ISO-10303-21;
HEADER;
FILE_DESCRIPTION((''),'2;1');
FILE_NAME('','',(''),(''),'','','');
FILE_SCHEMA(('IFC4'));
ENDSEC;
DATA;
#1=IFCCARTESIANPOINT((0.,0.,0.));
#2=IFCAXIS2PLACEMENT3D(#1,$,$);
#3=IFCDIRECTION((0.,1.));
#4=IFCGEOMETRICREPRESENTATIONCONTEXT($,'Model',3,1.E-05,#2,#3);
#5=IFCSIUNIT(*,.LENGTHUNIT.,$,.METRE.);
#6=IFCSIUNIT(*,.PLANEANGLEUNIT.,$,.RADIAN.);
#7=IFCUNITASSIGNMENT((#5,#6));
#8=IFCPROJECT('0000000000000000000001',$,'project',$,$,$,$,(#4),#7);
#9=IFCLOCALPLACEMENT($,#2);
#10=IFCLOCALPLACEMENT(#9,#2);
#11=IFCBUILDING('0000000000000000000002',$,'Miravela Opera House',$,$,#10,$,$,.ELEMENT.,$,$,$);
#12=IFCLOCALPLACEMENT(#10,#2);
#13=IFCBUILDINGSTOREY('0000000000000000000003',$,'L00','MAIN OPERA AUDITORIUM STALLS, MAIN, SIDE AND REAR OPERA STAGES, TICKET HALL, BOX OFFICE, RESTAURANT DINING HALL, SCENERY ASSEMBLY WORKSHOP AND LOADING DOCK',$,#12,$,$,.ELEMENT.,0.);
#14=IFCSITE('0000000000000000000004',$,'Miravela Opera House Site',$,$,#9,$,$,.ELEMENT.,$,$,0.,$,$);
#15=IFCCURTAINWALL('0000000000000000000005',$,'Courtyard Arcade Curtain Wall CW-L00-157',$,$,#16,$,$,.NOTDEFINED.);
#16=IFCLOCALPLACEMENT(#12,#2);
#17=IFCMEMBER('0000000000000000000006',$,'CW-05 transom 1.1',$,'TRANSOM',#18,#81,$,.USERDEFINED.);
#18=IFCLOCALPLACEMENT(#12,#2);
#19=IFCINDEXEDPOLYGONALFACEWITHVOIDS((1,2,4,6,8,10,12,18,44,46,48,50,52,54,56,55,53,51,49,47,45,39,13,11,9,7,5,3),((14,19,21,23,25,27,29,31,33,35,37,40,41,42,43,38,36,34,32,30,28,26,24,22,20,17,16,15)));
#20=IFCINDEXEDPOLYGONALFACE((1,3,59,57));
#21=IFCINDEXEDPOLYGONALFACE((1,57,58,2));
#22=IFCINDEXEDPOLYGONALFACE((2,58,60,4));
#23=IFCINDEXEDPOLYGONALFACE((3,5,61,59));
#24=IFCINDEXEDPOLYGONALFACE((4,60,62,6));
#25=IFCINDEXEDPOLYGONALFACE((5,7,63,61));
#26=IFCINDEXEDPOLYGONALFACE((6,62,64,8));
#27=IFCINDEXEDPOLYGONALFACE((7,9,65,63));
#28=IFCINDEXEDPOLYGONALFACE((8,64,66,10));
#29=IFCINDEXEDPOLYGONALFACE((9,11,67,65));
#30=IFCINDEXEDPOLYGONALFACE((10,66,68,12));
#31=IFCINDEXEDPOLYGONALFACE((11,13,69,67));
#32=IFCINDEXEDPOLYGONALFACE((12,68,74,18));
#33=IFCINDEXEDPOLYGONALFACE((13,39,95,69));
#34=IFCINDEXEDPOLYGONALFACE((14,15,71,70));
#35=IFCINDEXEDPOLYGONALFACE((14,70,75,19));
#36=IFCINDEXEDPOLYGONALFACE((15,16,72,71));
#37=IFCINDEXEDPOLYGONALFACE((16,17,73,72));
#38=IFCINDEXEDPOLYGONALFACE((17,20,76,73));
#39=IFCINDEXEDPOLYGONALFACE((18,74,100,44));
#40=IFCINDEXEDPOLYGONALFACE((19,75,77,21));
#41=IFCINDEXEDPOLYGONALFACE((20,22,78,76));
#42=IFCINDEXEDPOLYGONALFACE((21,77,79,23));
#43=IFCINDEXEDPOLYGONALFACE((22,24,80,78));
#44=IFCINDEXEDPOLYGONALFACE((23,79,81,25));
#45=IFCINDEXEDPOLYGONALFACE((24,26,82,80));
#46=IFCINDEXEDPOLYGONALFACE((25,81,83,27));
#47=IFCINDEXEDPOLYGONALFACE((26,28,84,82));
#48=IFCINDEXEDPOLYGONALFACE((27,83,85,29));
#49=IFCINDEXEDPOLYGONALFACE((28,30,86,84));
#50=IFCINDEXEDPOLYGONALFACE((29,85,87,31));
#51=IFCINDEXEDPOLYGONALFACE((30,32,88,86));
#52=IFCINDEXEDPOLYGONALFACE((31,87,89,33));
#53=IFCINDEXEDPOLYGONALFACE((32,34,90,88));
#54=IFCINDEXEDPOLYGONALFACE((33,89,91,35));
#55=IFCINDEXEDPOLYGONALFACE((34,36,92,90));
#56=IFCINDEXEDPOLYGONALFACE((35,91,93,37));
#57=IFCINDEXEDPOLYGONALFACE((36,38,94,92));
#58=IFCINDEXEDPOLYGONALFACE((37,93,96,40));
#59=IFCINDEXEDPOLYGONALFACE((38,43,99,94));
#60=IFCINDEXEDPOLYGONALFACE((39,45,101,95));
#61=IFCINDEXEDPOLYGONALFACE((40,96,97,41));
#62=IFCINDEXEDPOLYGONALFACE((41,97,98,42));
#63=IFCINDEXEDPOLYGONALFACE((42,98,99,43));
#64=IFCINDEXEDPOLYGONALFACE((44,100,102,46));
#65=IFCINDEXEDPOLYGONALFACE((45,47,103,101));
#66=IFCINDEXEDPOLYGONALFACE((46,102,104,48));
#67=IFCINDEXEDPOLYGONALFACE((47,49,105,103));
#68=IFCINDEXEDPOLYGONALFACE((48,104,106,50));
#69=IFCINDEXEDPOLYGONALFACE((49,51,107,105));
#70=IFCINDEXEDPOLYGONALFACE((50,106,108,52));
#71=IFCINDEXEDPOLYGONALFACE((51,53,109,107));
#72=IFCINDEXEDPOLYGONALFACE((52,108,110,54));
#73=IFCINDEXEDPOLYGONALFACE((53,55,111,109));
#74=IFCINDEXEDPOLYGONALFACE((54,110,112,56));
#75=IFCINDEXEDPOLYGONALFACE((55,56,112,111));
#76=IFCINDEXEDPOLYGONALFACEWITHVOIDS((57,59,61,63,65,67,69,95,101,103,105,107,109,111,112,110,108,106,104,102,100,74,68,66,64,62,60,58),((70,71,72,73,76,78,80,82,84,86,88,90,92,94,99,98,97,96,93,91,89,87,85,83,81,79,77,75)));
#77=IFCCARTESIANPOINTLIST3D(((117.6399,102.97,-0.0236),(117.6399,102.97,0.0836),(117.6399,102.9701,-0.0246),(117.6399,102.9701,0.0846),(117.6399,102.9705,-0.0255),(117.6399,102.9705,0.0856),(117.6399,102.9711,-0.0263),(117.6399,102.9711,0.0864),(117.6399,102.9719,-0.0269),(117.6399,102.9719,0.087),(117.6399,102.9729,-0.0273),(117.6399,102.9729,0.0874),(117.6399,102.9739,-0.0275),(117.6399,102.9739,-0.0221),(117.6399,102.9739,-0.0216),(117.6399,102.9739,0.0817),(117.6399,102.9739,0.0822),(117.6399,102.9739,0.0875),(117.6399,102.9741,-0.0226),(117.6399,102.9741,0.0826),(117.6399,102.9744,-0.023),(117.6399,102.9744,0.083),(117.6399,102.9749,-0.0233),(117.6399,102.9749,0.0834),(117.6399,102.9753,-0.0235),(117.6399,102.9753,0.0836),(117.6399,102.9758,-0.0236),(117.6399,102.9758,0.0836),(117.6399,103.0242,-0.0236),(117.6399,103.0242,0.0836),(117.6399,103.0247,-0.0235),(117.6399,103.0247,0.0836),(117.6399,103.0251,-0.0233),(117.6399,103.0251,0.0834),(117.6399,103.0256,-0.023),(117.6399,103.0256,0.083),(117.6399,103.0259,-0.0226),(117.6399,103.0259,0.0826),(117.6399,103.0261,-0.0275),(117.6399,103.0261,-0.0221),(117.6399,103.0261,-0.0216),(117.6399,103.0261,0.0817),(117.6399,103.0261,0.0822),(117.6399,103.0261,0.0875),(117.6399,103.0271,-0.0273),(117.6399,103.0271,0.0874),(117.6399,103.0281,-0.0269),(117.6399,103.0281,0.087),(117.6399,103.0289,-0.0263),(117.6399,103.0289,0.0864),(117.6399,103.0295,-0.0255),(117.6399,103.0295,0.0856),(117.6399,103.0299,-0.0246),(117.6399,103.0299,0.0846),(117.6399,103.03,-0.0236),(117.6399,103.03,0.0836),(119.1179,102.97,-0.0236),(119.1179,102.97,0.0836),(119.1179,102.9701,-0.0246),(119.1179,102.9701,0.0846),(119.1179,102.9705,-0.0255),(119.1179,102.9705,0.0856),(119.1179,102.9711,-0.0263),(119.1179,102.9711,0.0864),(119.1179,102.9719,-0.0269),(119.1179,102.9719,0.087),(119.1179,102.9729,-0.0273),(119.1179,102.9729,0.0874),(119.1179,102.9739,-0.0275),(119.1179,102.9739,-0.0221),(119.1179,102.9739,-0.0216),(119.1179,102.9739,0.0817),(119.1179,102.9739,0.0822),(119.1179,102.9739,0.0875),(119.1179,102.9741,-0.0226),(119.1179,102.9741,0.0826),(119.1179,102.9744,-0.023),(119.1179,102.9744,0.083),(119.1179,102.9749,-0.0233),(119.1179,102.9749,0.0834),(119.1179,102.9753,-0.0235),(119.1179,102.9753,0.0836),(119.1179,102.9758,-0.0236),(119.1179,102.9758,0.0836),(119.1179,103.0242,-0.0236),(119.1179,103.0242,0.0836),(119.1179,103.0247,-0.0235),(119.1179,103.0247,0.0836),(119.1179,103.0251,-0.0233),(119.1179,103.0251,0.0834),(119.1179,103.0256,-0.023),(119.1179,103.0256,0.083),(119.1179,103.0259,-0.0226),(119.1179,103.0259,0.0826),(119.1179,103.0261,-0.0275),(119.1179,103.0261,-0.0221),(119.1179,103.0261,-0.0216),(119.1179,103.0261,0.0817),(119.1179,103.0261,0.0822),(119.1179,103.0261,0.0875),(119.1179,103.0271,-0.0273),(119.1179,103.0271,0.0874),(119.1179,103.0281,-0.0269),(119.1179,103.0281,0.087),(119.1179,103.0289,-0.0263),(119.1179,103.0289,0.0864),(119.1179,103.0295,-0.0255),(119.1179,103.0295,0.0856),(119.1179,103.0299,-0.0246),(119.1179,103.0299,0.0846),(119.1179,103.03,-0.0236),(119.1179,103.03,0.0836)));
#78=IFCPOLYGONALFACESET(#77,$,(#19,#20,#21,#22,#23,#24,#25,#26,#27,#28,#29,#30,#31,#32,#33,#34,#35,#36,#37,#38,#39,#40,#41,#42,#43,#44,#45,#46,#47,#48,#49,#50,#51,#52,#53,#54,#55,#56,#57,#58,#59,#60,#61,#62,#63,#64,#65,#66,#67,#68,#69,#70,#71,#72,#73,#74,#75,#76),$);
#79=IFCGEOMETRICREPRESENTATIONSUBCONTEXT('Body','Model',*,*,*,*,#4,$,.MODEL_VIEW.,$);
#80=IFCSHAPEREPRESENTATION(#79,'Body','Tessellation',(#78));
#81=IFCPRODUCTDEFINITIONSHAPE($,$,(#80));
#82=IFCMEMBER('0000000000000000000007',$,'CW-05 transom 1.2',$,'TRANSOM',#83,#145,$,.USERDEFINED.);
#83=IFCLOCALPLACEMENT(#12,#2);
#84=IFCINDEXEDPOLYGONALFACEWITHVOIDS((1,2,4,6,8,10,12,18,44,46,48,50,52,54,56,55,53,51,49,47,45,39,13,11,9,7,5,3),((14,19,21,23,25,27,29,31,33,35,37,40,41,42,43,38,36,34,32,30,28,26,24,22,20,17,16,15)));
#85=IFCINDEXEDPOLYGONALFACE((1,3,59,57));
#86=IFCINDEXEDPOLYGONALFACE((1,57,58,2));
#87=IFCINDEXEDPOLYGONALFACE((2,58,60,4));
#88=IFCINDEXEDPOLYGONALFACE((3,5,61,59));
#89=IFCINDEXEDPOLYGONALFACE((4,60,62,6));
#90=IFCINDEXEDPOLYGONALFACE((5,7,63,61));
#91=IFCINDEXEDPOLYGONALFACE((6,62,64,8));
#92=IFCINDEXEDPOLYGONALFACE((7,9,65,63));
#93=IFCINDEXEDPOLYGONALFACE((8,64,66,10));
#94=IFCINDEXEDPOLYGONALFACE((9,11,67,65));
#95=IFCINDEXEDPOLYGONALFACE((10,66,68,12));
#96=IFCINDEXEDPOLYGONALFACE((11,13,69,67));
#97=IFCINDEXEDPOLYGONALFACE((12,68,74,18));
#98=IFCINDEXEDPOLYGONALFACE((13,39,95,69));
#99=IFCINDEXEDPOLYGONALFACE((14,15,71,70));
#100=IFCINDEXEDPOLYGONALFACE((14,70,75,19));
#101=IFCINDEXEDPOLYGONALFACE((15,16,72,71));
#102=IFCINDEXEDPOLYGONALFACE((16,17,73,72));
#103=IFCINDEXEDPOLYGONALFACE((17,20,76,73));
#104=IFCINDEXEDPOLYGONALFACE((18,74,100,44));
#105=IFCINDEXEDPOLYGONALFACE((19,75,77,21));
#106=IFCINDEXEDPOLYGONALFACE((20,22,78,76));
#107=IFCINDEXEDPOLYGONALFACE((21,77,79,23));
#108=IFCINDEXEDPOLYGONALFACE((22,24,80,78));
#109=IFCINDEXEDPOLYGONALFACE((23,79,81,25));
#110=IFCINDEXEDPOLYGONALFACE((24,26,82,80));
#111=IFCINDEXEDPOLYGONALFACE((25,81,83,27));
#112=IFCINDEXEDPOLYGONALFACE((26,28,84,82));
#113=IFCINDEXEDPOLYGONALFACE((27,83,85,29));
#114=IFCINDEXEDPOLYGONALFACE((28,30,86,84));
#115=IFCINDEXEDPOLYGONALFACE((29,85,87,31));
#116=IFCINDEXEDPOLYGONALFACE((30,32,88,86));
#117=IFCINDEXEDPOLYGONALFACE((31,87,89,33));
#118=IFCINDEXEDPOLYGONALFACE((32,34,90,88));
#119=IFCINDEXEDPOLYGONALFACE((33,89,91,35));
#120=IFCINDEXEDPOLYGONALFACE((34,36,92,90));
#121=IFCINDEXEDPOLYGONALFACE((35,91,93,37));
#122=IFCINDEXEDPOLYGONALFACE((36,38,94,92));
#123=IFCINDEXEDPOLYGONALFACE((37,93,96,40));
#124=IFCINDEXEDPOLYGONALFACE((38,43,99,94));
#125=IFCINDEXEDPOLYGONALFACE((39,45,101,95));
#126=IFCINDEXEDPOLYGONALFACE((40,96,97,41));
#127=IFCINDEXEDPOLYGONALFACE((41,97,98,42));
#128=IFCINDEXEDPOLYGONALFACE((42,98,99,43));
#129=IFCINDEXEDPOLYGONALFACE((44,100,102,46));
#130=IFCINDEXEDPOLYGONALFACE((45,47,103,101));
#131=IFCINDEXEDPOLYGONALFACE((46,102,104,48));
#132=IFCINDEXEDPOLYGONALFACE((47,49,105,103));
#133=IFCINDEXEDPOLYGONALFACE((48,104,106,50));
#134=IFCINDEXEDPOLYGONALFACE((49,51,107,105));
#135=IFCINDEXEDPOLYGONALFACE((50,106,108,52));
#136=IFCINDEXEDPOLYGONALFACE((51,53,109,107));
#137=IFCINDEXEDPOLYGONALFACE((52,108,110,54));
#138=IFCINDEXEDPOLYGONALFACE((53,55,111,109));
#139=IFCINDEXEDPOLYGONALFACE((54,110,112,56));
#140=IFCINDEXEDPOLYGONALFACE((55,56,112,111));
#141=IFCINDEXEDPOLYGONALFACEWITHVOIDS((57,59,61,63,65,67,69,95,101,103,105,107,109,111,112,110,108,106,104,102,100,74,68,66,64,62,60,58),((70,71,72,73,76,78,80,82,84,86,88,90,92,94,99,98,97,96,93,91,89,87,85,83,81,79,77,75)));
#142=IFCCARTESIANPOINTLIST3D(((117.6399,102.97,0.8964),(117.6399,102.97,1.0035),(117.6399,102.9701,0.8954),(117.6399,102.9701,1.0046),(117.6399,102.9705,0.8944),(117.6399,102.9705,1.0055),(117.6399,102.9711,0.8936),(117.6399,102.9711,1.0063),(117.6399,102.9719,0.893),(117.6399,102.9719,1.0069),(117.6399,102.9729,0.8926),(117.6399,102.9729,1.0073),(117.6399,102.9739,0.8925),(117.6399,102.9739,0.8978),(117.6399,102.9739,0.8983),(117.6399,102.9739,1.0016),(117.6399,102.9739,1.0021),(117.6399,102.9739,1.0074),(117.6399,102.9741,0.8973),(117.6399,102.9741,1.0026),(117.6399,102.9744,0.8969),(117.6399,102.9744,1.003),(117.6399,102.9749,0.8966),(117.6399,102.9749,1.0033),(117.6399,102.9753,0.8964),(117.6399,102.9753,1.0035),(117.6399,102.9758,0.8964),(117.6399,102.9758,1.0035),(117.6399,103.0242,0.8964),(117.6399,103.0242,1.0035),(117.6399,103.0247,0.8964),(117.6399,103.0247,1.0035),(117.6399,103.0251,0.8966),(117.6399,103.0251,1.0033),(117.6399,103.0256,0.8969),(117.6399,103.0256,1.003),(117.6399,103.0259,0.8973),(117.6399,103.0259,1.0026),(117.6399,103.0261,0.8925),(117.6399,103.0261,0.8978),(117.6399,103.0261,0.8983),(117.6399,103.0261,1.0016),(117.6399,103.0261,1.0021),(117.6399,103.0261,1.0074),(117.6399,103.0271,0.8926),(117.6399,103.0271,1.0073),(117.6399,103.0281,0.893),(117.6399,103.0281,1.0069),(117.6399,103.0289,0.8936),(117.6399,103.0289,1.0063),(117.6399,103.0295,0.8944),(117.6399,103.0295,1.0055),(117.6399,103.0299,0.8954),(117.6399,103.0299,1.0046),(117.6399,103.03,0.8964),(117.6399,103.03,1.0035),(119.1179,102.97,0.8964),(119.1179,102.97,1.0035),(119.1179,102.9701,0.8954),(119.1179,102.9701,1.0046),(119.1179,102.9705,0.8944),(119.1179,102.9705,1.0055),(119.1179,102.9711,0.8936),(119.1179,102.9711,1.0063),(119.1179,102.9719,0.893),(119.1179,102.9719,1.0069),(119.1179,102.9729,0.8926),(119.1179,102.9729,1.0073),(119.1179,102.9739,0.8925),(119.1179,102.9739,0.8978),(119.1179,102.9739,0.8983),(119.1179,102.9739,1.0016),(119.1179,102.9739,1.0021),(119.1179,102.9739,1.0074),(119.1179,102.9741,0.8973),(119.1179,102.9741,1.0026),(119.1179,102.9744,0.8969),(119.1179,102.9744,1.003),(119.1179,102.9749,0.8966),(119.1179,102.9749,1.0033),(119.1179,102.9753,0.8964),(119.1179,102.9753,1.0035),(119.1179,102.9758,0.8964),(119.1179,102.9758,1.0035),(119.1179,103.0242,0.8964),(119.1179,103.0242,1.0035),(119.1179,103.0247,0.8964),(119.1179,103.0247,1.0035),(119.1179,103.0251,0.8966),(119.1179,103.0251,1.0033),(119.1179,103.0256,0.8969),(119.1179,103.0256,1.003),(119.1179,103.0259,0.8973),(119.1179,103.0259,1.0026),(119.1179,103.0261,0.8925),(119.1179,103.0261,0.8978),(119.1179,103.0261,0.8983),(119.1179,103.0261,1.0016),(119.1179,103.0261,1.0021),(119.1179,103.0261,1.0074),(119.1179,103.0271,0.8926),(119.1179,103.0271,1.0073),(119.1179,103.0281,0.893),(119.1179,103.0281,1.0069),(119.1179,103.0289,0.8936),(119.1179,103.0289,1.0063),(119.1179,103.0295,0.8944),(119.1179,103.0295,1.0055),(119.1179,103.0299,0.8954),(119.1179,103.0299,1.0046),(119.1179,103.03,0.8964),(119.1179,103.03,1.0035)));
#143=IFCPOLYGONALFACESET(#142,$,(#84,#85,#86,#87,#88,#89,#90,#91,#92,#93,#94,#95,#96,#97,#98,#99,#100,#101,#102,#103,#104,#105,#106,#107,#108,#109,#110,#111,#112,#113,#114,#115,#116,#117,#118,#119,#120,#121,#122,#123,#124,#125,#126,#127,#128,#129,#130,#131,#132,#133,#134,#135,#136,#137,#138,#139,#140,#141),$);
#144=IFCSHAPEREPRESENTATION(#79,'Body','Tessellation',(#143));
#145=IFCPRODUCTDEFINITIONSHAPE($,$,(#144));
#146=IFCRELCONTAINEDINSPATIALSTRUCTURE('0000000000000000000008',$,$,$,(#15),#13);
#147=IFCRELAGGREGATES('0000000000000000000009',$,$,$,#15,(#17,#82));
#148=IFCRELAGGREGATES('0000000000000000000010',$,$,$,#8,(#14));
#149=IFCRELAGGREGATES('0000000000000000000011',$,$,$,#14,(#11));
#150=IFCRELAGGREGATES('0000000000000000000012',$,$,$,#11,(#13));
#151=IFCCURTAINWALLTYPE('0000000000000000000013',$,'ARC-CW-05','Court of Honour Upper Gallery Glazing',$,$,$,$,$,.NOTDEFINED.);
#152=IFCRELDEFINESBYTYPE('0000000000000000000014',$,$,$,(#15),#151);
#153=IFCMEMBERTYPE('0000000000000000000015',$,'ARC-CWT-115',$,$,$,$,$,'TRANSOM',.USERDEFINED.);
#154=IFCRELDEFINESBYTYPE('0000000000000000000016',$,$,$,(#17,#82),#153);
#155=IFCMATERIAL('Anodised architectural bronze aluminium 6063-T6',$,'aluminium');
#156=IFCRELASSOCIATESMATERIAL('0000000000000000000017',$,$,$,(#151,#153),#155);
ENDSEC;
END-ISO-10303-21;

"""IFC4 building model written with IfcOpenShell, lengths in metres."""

from ifc_helpers import new_model, si_unit, direction, frame, origin, origin_2d, place, context, subcontext, project, spatial, hollow_rectangle, extrude, material, material_profile, profile_set, type_object, element, aggregate, save


model = new_model("IFC4")

# Units and contexts
model_context = context("Model", 3, precision=1e-05, world=origin(), true_north=direction((0.0, 1.0)))
body_context = subcontext(model_context, "Body", "Model", "MODEL_VIEW")
ifc_project = project(units=[si_unit("LENGTHUNIT", "METRE"), si_unit("PLANEANGLEUNIT", "RADIAN")], contexts=[model_context])

# Site, building, storey
site_placement = place(None, origin())
site = spatial("IfcSite", under=ifc_project, at=site_placement, Name="Miravela Opera House Site", CompositionType="ELEMENT", RefElevation=0.0)
building_placement = place(site_placement, origin())
building = spatial("IfcBuilding", under=site, at=building_placement, Name="Miravela Opera House", CompositionType="ELEMENT")
storey_placement = place(building_placement, origin())
storey = spatial("IfcBuildingStorey", under=building, at=storey_placement, Name="L00", Description="MAIN OPERA AUDITORIUM STALLS, MAIN, SIDE AND REAR OPERA STAGES, TICKET HALL, BOX OFFICE, RESTAURANT DINING HALL, SCENERY ASSEMBLY WORKSHOP AND LOADING DOCK", CompositionType="ELEMENT", Elevation=0.0)

# Curtain wall, members
ifc_material_1 = material(Name="Anodised architectural bronze aluminium 6063-T6", Category="aluminium")
curtain_wall_type = type_object("IfcCurtainWallType", Name="ARC-CW-05", Description="Court of Honour Upper Gallery Glazing", PredefinedType="NOTDEFINED", material=ifc_material_1)
curtain_wall_placement = place(storey_placement, origin())
curtain_wall = element("IfcCurtainWall", 1, at=curtain_wall_placement, inside=storey, type_object=curtain_wall_type, Name="Courtyard Arcade Curtain Wall CW-L00-157", PredefinedType="NOTDEFINED")
ifc_material_profile_1 = material_profile(ifc_material_1, hollow_rectangle(XDim=0.0601, YDim=0.115, WallThickness=0.0039, InnerFilletRadius=0.002, OuterFilletRadius=0.0039, at=origin_2d()), Name="CWT-60X115")
ifc_profile_set_1 = profile_set([ifc_material_profile_1])
member_type_1 = type_object("IfcMemberType", Name="ARC-CWT-115", ElementType="TRANSOM", PredefinedType="USERDEFINED", material=ifc_profile_set_1)
member_1_placement = place(storey_placement, frame((117.6399, 103.0, 0.03), z_axis=(1.0, 0.0, 0.0), x_axis=(0.0, 1.0, 0.0)))
member_1 = element("IfcMember", 2, at=member_1_placement, type_object=member_type_1, Name="CW-05 transom 1.1", ObjectType="TRANSOM", PredefinedType="USERDEFINED", context=body_context, shape_type="SweptSolid", body=[
    extrude(hollow_rectangle(XDim=0.0601, YDim=0.115, WallThickness=0.0039, InnerFilletRadius=0.002, OuterFilletRadius=0.0039, at=origin_2d()), origin(), (0.0, 0.0, 1.0), 1.478),
])
member_2_placement = place(storey_placement, frame((117.6399, 103.0, 0.95), z_axis=(1.0, 0.0, 0.0), x_axis=(0.0, 1.0, 0.0)))
member_2 = element("IfcMember", 3, at=member_2_placement, type_object=member_type_1, Name="CW-05 transom 1.2", ObjectType="TRANSOM", PredefinedType="USERDEFINED", context=body_context, shape_type="SweptSolid", body=[
    extrude(hollow_rectangle(XDim=0.0601, YDim=0.115, WallThickness=0.0039, InnerFilletRadius=0.002, OuterFilletRadius=0.0039, at=origin_2d()), origin(), (0.0, 0.0, 1.0), 1.478),
])

aggregate(curtain_wall, [member_1, member_2])

save(model, "model.ifc")
